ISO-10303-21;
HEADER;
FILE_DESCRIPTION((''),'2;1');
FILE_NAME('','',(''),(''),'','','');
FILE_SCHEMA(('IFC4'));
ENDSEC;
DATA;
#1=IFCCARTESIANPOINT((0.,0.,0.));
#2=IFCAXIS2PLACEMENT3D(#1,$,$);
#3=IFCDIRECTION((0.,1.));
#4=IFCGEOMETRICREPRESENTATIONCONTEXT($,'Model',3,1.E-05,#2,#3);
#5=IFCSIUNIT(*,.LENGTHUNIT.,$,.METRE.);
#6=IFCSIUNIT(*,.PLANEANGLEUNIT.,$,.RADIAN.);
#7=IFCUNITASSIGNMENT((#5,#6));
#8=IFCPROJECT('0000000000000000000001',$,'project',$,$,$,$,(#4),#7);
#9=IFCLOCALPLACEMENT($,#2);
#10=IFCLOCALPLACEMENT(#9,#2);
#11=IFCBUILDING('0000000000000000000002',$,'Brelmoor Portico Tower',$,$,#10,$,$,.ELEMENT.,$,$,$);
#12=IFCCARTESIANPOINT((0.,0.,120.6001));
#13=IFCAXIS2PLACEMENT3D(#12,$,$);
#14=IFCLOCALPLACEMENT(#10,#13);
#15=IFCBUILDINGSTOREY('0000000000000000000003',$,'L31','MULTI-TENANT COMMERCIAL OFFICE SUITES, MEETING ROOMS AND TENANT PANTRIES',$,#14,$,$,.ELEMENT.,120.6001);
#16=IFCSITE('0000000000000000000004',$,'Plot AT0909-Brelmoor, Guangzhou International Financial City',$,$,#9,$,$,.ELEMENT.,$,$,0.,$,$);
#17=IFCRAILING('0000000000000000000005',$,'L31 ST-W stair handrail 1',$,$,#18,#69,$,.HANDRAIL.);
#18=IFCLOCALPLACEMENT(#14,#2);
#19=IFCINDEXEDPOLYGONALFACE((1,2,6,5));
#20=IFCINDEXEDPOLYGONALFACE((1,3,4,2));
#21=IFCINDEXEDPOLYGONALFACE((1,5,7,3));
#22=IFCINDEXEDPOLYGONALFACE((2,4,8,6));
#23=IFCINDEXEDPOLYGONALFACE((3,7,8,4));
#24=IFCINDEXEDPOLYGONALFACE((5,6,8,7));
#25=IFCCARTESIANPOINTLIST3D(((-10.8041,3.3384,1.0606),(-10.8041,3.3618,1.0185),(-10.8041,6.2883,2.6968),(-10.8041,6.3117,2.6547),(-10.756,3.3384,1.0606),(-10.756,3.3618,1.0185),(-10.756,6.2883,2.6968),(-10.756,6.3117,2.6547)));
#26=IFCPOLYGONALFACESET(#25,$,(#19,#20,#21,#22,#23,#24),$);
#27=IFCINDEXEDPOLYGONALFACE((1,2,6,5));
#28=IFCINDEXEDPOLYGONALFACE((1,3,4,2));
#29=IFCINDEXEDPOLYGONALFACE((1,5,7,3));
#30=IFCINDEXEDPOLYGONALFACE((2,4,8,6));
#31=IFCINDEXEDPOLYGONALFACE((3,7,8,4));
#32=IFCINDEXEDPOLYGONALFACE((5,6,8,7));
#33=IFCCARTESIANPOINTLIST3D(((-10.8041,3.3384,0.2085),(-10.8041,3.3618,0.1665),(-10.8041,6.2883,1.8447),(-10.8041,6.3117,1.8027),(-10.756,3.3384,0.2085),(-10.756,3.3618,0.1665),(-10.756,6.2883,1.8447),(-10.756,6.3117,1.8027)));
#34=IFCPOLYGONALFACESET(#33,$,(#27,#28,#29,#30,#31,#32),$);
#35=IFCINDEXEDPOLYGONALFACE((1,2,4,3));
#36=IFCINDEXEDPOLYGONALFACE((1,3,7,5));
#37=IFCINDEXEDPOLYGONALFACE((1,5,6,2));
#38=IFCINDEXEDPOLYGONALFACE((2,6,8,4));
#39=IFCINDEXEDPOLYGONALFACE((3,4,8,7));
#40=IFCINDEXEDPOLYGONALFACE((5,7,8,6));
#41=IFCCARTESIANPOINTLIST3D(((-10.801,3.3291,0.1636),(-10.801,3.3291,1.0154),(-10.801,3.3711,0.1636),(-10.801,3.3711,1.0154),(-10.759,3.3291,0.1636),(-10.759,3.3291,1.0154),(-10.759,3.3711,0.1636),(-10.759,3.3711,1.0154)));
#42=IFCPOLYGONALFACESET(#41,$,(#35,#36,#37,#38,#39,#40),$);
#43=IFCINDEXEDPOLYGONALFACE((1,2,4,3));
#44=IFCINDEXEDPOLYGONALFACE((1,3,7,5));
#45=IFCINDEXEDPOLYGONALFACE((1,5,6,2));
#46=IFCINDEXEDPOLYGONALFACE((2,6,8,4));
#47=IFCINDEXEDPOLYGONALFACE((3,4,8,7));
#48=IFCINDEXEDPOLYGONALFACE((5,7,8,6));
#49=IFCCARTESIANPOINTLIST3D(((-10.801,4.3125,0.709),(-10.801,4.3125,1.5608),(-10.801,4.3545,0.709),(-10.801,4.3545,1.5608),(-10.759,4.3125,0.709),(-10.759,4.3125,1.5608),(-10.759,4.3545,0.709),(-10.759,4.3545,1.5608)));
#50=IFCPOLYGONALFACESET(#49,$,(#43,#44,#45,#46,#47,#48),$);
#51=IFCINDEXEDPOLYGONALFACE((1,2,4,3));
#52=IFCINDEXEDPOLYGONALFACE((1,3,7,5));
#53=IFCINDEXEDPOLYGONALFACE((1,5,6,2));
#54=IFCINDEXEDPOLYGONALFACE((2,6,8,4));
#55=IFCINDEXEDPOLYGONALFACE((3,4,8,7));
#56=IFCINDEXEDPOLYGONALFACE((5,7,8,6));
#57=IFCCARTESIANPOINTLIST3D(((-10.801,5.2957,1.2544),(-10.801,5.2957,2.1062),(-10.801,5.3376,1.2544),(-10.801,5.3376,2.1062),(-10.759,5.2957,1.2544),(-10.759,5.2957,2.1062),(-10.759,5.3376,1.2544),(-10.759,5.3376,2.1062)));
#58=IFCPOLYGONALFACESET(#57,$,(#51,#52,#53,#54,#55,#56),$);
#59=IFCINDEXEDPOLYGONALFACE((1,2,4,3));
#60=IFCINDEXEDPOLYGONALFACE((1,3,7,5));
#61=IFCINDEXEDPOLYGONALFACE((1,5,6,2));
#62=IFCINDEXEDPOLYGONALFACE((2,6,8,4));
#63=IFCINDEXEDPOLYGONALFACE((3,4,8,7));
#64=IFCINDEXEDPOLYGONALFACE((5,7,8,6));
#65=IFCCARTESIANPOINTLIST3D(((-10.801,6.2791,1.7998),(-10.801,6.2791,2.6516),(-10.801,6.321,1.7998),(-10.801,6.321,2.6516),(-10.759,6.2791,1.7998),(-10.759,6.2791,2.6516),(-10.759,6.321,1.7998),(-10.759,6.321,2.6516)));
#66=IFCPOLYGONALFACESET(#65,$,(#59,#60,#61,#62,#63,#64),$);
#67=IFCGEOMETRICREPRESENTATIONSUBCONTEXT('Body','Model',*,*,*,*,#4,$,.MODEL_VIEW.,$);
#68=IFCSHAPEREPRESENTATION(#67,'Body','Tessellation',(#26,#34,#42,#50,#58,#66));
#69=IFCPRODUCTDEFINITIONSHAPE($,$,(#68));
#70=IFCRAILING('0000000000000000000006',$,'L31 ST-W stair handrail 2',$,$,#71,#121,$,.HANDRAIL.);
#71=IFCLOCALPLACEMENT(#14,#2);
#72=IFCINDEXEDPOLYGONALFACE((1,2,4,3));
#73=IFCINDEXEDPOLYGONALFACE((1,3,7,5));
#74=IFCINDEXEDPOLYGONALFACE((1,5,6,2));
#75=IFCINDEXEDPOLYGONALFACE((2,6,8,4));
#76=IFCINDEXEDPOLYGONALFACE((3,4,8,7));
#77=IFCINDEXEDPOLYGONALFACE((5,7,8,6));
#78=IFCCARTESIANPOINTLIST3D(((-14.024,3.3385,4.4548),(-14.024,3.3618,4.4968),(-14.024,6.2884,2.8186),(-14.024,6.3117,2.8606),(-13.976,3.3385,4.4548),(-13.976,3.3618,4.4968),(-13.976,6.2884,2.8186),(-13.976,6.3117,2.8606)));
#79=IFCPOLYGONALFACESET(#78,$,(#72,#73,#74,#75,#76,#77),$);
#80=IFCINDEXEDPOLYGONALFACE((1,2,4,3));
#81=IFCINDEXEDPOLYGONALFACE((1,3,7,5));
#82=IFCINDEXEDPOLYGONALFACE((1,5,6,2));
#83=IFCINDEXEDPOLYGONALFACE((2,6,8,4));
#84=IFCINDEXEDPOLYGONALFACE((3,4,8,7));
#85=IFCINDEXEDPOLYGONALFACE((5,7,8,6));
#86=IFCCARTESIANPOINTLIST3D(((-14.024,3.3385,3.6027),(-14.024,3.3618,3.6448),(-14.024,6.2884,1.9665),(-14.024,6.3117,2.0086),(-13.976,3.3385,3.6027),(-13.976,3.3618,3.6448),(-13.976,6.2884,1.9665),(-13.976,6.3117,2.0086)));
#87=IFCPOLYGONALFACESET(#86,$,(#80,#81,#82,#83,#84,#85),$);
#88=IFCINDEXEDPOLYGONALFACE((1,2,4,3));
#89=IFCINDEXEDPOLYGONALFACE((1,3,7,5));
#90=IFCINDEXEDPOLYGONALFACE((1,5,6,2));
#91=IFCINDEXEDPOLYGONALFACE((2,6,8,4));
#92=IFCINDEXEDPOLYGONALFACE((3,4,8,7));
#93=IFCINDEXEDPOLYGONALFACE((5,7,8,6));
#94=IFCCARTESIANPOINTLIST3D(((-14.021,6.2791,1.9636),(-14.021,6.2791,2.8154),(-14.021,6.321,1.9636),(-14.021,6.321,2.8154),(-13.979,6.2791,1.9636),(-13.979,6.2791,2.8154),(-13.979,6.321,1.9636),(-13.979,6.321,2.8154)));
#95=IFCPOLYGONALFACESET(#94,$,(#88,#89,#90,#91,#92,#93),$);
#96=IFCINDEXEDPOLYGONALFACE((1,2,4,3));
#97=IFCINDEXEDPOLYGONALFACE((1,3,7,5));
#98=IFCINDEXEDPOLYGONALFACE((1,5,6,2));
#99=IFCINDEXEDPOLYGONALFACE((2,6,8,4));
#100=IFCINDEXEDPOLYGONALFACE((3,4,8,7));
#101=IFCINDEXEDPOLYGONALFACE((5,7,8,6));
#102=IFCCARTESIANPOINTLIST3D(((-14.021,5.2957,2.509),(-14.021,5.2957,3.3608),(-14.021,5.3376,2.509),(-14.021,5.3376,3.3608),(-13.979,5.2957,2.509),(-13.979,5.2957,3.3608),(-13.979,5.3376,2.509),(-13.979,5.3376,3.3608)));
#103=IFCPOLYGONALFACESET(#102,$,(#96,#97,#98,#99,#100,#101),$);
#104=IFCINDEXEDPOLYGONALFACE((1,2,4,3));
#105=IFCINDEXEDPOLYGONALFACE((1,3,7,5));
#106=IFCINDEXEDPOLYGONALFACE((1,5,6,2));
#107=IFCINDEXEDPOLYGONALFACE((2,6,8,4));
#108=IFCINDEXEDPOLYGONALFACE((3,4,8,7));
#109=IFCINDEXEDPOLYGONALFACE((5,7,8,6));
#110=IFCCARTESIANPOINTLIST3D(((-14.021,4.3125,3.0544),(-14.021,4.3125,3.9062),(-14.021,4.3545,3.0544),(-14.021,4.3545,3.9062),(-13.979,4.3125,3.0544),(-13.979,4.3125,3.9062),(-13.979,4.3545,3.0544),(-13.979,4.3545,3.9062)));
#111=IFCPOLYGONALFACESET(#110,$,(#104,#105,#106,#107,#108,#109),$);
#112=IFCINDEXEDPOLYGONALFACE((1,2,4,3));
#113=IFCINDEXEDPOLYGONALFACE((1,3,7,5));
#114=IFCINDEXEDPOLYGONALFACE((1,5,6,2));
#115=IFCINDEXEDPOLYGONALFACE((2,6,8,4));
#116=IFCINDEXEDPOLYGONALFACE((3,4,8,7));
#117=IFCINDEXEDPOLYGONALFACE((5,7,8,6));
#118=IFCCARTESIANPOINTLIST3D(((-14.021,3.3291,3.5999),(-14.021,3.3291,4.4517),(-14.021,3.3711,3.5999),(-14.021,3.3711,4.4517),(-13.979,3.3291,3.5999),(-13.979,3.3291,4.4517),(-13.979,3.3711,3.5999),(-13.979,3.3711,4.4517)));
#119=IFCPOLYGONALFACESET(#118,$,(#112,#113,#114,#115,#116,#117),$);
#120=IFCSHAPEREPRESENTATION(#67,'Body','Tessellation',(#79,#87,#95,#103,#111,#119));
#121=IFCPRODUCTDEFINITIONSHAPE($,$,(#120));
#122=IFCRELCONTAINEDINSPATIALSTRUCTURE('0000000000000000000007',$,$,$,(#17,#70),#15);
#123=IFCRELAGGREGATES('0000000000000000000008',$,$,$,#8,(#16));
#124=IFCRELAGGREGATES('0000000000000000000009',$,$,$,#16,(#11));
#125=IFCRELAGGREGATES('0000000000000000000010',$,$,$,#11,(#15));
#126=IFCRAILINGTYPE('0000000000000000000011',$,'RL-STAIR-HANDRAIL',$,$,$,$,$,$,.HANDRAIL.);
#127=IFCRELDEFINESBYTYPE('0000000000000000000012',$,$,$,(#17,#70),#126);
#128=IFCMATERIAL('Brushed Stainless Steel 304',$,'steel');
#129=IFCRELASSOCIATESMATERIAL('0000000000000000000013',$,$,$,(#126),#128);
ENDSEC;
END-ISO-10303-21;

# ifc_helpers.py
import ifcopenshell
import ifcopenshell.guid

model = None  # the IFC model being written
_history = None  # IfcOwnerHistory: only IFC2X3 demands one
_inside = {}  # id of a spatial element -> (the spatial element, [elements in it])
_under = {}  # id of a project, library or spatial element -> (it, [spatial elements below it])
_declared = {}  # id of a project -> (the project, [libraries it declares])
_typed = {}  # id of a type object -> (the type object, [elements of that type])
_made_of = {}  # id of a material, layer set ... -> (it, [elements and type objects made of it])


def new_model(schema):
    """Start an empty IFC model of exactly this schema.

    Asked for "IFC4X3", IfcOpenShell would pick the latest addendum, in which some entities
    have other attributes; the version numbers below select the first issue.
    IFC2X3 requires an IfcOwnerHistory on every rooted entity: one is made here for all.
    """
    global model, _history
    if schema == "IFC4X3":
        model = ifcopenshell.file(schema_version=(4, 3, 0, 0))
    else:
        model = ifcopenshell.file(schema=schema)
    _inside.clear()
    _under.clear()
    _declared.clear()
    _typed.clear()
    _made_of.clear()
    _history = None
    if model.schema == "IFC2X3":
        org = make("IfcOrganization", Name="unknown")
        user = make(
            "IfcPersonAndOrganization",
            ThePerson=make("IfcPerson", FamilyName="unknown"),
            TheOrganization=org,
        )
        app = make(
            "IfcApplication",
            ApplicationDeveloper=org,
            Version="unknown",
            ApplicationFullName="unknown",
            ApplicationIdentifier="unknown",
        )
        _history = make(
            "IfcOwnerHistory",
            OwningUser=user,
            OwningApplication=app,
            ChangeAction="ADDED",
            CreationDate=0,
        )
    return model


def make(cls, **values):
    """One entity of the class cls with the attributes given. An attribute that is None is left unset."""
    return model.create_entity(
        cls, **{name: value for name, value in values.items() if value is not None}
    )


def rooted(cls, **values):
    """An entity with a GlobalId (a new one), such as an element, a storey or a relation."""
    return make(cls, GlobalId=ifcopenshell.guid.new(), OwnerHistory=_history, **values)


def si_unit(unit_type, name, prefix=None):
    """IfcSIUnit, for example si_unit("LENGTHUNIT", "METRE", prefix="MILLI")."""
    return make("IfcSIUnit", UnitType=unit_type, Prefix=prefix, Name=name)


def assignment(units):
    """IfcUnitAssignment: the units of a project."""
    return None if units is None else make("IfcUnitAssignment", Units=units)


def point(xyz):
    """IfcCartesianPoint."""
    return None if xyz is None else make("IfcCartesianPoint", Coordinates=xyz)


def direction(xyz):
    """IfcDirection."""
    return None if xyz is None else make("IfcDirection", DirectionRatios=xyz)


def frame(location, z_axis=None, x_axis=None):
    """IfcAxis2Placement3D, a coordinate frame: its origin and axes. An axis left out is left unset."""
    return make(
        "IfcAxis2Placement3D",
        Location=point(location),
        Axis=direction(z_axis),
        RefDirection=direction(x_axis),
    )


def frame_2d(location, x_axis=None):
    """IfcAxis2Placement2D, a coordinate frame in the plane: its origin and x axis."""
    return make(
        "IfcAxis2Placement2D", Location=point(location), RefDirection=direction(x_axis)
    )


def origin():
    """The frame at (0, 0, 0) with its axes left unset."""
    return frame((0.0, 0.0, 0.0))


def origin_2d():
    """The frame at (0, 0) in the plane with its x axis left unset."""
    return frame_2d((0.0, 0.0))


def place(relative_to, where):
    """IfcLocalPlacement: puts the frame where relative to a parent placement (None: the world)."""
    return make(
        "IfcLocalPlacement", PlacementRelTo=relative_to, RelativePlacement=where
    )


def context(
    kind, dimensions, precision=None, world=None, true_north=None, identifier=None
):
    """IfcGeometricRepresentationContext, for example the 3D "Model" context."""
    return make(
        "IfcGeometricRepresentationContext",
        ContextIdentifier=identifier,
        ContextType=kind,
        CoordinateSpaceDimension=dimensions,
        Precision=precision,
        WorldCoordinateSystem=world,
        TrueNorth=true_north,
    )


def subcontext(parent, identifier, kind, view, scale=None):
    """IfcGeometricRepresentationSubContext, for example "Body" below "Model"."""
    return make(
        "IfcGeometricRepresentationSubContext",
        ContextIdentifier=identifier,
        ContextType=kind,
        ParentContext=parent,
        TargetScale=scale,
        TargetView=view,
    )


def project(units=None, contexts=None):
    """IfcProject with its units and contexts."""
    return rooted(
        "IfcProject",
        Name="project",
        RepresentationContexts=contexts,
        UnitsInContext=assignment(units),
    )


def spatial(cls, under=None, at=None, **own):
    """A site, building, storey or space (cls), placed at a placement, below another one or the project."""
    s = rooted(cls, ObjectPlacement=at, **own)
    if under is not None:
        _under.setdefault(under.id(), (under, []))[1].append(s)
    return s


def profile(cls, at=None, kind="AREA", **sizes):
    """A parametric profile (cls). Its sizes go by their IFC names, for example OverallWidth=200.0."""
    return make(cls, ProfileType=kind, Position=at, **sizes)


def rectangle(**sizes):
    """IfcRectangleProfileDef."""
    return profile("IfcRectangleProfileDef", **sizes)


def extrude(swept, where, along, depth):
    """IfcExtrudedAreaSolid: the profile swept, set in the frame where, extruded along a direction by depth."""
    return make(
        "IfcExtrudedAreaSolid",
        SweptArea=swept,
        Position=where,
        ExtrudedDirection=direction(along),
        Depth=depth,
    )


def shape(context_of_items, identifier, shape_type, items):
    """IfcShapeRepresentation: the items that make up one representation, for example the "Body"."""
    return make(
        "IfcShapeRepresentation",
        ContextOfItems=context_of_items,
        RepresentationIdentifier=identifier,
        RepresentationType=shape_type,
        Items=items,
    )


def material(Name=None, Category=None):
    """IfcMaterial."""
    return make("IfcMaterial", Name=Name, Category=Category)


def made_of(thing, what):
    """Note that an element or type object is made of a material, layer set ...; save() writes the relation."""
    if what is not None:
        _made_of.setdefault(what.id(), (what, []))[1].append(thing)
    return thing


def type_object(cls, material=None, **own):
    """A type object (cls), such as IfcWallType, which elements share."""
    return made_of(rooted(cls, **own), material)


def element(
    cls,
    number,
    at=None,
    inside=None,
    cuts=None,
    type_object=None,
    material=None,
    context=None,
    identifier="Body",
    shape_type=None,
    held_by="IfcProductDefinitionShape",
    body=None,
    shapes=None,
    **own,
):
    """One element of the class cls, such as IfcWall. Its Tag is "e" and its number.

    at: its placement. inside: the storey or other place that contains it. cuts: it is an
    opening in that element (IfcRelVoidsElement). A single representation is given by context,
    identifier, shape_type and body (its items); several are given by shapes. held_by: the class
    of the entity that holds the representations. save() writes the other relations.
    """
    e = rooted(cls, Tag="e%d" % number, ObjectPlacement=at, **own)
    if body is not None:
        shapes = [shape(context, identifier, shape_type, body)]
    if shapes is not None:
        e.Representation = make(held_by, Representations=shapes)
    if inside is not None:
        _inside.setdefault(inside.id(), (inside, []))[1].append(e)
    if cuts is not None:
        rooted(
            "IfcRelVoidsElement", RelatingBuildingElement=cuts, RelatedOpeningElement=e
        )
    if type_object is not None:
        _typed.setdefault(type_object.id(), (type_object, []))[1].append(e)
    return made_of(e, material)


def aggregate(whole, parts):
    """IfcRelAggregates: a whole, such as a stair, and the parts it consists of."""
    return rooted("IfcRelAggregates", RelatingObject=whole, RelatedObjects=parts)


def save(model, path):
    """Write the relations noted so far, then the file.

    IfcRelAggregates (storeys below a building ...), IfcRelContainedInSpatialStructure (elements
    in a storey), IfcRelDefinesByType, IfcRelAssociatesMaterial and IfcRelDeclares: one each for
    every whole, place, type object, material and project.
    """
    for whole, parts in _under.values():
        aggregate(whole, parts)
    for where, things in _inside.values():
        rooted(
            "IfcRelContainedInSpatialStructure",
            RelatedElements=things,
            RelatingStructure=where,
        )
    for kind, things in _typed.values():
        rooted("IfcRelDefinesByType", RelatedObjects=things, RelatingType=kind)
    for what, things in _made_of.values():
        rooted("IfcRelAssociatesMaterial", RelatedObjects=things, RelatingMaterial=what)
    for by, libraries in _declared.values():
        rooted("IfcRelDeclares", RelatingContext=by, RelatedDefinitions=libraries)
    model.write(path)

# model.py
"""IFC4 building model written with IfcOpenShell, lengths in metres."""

from ifc_helpers import new_model, si_unit, direction, frame, origin, origin_2d, place, context, subcontext, project, spatial, rectangle, extrude, material, type_object, element, save


model = new_model("IFC4")

# Units and contexts
model_context = context("Model", 3, precision=1e-05, world=origin(), true_north=direction((0.0, 1.0)))
body_context = subcontext(model_context, "Body", "Model", "MODEL_VIEW")
ifc_project = project(units=[si_unit("LENGTHUNIT", "METRE"), si_unit("PLANEANGLEUNIT", "RADIAN")], contexts=[model_context])

# Site, building, storey
site_placement = place(None, origin())
site = spatial("IfcSite", under=ifc_project, at=site_placement, Name="Plot AT0909-Brelmoor, Guangzhou International Financial City", CompositionType="ELEMENT", RefElevation=0.0)
building_placement = place(site_placement, origin())
building = spatial("IfcBuilding", under=site, at=building_placement, Name="Brelmoor Portico Tower", CompositionType="ELEMENT")
storey_placement = place(building_placement, frame((0.0, 0.0, 120.6001)))
storey = spatial("IfcBuildingStorey", under=building, at=storey_placement, Name="L31", Description="MULTI-TENANT COMMERCIAL OFFICE SUITES, MEETING ROOMS AND TENANT PANTRIES", CompositionType="ELEMENT", Elevation=120.6001)

# Railings
ifc_material_1 = material(Name="Brushed Stainless Steel 304", Category="steel")
railing_type_1 = type_object("IfcRailingType", Name="RL-STAIR-HANDRAIL", PredefinedType="HANDRAIL", material=ifc_material_1)
railing_1_placement = place(storey_placement, frame((-10.78, 3.3501, 0.1636)))
element("IfcRailing", 1, at=railing_1_placement, inside=storey, type_object=railing_type_1, Name="L31 ST-W stair handrail 1", PredefinedType="HANDRAIL", context=body_context, shape_type="SweptSolid", body=[
    extrude(rectangle(XDim=0.0481, YDim=0.0481, at=origin_2d()), frame((0.0, 0.0, 0.876), z_axis=(0.0, 0.874488, 0.485047), x_axis=(-1.0, 0.0, 0.0)), (0.0, 0.0, 1.0), 3.3733),
    extrude(rectangle(XDim=0.0481, YDim=0.0481, at=origin_2d()), frame((0.0, 0.0, 0.0239), z_axis=(0.0, 0.874488, 0.485047), x_axis=(-1.0, 0.0, 0.0)), (0.0, 0.0, 1.0), 3.3733),
    extrude(rectangle(XDim=0.042, YDim=0.042, at=origin_2d()), origin(), (0.0, 0.0, 1.0), 0.8518),
    extrude(rectangle(XDim=0.042, YDim=0.042, at=origin_2d()), frame((0.0, 0.9834, 0.5454)), (0.0, 0.0, 1.0), 0.8518),
    extrude(rectangle(XDim=0.042, YDim=0.042, at=origin_2d()), frame((0.0, 1.9666, 1.0908)), (0.0, 0.0, 1.0), 0.8518),
    extrude(rectangle(XDim=0.042, YDim=0.042, at=origin_2d()), frame((0.0, 2.95, 1.6362)), (0.0, 0.0, 1.0), 0.8518),
])
railing_2_placement = place(storey_placement, frame((-14.0, 6.3, 1.9636)))
element("IfcRailing", 2, at=railing_2_placement, inside=storey, type_object=railing_type_1, Name="L31 ST-W stair handrail 2", PredefinedType="HANDRAIL", context=body_context, shape_type="SweptSolid", body=[
    extrude(rectangle(XDim=0.0481, YDim=0.0481, at=origin_2d()), frame((0.0, 0.0, 0.876), z_axis=(0.0, -0.874488, 0.485047), x_axis=(1.0, 0.0, 0.0)), (0.0, 0.0, 1.0), 3.3733),
    extrude(rectangle(XDim=0.0481, YDim=0.0481, at=origin_2d()), frame((0.0, 0.0, 0.0239), z_axis=(0.0, -0.874488, 0.485047), x_axis=(1.0, 0.0, 0.0)), (0.0, 0.0, 1.0), 3.3733),
    extrude(rectangle(XDim=0.042, YDim=0.042, at=origin_2d()), origin(), (0.0, 0.0, 1.0), 0.8518),
    extrude(rectangle(XDim=0.042, YDim=0.042, at=origin_2d()), frame((0.0, -0.9834, 0.5454)), (0.0, 0.0, 1.0), 0.8518),
    extrude(rectangle(XDim=0.042, YDim=0.042, at=origin_2d()), frame((0.0, -1.9666, 1.0908)), (0.0, 0.0, 1.0), 0.8518),
    extrude(rectangle(XDim=0.042, YDim=0.042, at=origin_2d()), frame((0.0, -2.95, 1.6362)), (0.0, 0.0, 1.0), 0.8518),
])

save(model, "model.ifc")
